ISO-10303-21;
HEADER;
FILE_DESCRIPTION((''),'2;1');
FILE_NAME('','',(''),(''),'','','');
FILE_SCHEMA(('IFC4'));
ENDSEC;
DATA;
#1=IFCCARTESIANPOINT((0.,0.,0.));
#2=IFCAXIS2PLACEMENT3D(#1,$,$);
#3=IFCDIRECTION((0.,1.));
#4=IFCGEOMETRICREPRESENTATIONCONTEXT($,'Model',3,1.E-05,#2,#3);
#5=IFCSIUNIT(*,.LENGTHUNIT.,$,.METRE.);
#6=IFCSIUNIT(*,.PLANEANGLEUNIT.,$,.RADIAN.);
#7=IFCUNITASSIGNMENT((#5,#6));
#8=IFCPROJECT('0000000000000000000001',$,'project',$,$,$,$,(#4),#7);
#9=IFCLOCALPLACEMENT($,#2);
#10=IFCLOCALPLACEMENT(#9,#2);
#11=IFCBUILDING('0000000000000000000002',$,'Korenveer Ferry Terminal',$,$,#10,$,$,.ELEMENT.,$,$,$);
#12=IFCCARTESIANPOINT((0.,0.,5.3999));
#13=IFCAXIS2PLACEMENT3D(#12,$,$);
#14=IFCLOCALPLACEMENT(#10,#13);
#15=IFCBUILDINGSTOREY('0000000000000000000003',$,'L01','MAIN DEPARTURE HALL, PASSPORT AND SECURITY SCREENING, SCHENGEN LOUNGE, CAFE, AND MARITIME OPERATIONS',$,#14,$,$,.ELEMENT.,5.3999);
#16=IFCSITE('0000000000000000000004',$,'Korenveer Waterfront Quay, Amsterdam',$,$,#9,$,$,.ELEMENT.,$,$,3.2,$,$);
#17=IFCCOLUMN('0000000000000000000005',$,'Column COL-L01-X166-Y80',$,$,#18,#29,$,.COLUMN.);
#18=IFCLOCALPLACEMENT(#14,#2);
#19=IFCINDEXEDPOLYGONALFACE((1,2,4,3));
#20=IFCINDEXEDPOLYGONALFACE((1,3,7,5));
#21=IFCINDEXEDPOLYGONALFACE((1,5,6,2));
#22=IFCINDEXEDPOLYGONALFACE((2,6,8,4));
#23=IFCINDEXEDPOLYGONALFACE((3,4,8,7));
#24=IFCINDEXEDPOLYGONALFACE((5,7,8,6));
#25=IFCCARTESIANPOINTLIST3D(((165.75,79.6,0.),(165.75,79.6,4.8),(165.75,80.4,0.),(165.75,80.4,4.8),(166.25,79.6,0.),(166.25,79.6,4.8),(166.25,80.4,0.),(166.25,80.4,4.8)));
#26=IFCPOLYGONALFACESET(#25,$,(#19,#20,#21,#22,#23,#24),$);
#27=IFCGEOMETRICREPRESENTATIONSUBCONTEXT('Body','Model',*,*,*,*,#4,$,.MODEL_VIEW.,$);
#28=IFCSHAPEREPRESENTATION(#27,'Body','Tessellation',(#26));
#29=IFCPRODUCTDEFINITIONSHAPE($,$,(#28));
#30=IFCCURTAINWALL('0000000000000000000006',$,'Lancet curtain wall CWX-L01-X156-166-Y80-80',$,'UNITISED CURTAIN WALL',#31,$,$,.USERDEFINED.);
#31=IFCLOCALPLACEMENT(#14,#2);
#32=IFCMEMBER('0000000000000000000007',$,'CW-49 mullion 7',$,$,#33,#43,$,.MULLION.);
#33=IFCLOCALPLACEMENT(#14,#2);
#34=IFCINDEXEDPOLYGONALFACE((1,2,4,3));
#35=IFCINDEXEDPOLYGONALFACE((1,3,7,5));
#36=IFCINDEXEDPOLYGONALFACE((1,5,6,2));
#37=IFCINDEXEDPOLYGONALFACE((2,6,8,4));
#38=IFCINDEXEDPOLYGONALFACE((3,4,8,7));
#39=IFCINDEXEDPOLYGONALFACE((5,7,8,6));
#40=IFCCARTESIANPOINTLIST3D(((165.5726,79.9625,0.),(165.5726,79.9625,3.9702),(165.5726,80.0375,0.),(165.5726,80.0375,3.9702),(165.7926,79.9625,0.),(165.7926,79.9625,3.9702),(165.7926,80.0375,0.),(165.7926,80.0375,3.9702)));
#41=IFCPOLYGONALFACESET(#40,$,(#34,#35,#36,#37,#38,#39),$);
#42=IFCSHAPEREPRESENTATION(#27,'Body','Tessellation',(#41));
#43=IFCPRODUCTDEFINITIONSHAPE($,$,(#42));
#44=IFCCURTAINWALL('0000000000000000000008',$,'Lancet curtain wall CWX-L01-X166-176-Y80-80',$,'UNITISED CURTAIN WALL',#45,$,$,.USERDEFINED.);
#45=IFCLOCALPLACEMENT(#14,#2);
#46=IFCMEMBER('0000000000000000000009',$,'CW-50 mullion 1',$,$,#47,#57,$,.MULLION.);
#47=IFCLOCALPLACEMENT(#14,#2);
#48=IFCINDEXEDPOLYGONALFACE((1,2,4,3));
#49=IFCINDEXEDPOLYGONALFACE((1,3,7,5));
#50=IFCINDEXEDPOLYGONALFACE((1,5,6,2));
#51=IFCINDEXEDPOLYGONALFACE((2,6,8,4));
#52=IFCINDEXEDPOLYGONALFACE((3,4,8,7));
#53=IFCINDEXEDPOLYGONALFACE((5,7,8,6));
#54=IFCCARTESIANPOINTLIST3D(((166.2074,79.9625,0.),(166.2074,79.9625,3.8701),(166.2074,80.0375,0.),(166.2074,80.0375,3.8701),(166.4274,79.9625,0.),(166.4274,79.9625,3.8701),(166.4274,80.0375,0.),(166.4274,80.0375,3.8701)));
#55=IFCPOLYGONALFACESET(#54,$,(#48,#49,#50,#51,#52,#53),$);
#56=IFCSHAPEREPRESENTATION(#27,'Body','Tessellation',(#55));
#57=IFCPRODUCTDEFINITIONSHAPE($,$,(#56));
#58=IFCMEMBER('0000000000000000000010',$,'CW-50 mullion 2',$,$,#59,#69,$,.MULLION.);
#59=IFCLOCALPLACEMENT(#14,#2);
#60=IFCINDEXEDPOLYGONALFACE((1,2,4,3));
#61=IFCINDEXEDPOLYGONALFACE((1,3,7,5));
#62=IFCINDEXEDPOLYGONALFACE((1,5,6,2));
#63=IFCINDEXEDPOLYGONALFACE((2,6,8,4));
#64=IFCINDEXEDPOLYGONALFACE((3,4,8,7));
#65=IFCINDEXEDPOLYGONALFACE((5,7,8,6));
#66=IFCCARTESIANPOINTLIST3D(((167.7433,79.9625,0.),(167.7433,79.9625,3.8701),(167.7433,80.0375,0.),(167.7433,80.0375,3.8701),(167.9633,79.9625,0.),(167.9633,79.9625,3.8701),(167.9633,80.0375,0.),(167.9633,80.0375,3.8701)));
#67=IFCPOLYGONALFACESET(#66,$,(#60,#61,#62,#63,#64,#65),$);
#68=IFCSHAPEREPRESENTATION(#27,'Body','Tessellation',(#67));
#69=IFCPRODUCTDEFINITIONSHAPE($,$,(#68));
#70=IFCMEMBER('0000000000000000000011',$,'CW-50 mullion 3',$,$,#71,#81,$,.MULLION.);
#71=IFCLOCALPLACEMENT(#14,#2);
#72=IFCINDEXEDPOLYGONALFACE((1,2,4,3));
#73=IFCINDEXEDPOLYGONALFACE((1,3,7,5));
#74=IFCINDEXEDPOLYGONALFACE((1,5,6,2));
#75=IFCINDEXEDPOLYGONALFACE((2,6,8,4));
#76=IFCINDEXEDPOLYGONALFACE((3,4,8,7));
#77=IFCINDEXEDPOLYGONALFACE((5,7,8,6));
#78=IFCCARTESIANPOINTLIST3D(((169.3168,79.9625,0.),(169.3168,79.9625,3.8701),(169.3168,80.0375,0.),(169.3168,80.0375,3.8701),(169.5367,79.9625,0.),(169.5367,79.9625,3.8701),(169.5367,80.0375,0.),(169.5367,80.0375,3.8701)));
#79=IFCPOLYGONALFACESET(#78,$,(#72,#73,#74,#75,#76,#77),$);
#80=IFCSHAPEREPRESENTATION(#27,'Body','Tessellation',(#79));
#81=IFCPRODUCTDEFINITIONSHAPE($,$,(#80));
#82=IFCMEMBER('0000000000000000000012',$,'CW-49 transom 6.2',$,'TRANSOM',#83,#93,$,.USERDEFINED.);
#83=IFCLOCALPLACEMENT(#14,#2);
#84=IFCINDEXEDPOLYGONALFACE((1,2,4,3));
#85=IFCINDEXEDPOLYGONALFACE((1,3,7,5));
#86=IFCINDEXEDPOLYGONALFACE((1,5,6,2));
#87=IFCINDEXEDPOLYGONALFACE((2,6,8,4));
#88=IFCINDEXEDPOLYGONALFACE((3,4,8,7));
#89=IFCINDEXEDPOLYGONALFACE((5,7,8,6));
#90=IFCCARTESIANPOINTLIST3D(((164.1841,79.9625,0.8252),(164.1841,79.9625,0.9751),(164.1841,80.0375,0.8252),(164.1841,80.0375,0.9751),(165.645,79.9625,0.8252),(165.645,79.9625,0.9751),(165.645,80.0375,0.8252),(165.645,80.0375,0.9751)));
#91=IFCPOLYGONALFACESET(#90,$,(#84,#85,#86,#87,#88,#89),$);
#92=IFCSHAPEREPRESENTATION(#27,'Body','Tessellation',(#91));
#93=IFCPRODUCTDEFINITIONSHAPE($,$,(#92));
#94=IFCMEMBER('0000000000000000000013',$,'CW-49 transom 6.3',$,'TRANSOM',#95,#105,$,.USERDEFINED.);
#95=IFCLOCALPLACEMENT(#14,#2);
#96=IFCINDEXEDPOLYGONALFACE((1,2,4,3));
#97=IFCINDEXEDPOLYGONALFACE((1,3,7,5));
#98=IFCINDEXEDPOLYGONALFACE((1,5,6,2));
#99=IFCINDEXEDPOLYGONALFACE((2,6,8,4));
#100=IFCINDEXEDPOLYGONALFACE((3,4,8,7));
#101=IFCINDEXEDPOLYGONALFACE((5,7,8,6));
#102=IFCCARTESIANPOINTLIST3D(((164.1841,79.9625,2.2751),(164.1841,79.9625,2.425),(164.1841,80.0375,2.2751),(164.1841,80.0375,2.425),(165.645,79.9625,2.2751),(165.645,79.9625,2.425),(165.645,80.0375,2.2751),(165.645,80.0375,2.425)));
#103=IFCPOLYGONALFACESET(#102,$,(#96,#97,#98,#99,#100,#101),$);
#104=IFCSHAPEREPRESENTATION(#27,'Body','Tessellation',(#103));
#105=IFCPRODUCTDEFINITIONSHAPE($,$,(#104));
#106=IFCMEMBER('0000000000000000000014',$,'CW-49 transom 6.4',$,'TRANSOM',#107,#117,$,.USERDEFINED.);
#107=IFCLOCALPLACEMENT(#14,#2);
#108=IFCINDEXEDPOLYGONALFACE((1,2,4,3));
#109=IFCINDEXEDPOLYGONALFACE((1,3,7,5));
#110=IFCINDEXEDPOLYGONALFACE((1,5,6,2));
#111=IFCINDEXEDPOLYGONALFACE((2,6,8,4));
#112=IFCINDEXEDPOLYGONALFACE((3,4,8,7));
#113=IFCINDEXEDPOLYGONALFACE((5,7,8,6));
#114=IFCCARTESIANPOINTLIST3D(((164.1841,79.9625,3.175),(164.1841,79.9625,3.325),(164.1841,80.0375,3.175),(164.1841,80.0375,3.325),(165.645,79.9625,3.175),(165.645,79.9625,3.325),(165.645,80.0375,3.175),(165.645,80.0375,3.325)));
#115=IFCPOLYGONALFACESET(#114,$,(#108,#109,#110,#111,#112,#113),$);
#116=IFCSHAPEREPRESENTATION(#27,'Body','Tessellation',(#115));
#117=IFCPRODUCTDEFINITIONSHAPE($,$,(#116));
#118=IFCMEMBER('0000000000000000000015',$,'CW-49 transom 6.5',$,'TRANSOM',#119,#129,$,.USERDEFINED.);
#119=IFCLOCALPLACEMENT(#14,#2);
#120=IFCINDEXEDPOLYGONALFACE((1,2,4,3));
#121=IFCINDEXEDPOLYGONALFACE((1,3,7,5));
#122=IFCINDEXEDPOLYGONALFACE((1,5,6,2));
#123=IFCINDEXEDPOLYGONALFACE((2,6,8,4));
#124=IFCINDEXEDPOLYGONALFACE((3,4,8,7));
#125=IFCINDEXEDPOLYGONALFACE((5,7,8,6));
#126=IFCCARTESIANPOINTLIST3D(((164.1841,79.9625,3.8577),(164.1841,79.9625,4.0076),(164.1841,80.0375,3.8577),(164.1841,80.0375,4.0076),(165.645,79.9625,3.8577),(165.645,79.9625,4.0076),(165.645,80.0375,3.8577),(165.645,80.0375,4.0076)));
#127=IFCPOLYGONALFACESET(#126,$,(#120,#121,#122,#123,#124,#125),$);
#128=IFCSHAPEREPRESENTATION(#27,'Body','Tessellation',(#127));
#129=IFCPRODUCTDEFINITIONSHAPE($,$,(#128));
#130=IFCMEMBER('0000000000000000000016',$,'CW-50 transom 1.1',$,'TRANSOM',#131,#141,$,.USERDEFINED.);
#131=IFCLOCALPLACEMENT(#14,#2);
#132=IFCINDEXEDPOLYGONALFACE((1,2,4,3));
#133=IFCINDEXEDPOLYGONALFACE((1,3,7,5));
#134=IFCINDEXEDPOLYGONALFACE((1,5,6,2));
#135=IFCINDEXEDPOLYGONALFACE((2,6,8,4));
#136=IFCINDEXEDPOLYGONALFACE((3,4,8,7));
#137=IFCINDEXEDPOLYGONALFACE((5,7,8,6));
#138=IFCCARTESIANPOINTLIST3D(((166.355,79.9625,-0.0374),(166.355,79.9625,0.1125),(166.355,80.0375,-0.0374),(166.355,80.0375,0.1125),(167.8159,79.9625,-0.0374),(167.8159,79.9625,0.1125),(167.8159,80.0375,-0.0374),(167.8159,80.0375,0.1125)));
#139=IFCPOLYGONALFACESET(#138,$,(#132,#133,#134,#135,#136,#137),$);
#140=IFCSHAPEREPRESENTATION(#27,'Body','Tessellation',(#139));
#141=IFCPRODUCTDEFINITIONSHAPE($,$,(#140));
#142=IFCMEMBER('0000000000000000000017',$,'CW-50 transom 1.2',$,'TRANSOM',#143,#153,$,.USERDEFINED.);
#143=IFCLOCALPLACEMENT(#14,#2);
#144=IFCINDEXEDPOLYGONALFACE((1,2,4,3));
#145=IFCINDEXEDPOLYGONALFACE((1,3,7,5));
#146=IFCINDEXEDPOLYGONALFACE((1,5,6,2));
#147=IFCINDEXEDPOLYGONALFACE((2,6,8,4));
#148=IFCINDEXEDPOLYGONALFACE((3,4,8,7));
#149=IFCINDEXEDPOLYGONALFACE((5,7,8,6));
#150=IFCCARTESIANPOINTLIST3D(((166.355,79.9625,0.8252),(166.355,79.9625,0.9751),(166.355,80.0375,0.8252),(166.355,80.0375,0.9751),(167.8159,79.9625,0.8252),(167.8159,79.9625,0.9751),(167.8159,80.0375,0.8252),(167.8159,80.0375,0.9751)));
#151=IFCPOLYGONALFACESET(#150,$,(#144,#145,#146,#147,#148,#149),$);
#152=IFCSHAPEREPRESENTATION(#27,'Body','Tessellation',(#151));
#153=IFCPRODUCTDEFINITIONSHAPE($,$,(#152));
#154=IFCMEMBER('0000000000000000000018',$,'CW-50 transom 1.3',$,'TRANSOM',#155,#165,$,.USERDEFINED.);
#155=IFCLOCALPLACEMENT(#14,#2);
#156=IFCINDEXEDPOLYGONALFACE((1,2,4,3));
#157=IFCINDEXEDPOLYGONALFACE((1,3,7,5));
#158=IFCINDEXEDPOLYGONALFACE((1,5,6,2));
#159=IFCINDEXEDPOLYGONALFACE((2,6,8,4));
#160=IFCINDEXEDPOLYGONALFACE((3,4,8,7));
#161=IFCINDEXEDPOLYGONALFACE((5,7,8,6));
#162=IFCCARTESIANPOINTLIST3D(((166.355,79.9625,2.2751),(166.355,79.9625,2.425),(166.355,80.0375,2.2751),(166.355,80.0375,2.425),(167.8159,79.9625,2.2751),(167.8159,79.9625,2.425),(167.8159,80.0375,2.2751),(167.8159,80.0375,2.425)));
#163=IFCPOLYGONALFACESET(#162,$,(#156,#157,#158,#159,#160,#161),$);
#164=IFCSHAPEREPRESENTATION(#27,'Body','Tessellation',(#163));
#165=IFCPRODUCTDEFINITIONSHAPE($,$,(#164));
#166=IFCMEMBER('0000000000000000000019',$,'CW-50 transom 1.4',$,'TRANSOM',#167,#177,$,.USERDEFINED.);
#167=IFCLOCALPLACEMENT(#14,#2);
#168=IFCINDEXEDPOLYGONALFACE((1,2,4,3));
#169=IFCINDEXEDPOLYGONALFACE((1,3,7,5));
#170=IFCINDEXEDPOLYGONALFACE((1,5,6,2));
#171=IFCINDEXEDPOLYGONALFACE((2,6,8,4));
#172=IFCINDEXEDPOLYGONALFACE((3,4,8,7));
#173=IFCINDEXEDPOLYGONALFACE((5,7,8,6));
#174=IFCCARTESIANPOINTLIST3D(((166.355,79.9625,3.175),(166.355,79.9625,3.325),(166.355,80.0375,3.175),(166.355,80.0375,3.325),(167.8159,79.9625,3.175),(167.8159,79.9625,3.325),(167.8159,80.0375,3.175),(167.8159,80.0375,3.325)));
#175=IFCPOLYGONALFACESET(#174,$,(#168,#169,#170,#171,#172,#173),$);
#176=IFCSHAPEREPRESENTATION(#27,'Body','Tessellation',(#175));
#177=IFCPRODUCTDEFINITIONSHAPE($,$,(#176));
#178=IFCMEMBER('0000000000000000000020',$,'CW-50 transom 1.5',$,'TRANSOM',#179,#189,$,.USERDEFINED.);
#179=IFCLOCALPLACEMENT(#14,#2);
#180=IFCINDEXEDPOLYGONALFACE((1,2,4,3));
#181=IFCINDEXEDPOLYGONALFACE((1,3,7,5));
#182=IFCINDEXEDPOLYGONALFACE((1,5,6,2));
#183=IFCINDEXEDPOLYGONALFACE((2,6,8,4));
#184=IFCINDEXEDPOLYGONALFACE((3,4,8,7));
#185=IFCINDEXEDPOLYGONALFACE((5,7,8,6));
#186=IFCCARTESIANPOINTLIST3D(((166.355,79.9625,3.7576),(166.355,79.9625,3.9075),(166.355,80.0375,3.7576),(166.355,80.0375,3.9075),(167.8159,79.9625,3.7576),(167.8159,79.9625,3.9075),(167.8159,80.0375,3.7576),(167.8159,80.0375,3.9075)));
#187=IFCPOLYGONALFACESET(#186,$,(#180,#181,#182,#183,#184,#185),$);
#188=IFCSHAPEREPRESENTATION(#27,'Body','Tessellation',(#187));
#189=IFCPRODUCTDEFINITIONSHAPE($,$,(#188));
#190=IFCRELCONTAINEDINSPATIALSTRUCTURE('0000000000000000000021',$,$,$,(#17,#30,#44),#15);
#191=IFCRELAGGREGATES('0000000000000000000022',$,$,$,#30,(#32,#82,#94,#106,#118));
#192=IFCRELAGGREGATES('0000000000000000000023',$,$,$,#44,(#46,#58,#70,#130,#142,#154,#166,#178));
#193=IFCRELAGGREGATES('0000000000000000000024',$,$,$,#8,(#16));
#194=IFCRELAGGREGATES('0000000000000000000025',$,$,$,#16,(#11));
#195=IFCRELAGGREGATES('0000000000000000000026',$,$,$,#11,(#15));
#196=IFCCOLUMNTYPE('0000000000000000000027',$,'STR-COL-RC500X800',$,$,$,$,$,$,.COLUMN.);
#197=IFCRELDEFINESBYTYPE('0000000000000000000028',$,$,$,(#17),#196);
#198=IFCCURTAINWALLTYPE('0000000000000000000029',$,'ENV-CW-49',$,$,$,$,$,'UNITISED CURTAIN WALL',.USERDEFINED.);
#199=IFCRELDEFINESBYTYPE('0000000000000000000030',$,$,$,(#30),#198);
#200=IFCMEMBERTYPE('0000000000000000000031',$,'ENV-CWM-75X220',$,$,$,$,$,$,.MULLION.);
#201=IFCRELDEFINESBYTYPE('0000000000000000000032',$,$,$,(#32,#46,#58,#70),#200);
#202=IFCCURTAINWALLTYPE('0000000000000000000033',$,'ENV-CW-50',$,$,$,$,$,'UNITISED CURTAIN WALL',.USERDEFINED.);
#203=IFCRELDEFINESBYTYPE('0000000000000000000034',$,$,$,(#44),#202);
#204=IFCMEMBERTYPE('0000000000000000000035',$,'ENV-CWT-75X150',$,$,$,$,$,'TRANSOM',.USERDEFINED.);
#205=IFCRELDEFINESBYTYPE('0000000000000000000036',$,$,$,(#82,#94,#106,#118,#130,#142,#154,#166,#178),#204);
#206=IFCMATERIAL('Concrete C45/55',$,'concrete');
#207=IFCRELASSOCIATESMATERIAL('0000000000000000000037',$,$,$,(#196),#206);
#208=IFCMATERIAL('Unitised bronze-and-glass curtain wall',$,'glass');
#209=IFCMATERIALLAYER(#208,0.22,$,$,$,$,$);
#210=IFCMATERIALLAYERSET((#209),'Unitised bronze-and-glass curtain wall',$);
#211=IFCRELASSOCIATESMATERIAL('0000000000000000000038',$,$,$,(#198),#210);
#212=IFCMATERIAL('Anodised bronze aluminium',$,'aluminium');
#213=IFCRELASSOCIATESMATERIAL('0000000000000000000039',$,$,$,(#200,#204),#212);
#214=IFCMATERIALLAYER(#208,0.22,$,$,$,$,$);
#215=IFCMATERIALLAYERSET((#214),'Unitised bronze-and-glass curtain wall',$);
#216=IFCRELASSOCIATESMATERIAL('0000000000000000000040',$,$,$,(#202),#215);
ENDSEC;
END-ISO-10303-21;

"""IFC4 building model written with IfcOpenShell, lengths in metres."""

from ifc_helpers import new_model, si_unit, direction, frame, origin, origin_2d, place, context, subcontext, project, spatial, rectangle, extrude, material, layer, layer_set, material_profile, profile_set, type_object, element, aggregate, save


model = new_model("IFC4")

# Units and contexts
model_context = context("Model", 3, precision=1e-05, world=origin(), true_north=direction((0.0, 1.0)))
body_context = subcontext(model_context, "Body", "Model", "MODEL_VIEW")
ifc_project = project(units=[si_unit("LENGTHUNIT", "METRE"), si_unit("PLANEANGLEUNIT", "RADIAN")], contexts=[model_context])

# Site, building, storey
site_placement = place(None, origin())
site = spatial("IfcSite", under=ifc_project, at=site_placement, Name="Korenveer Waterfront Quay, Amsterdam", CompositionType="ELEMENT", RefElevation=3.2)
building_placement = place(site_placement, origin())
building = spatial("IfcBuilding", under=site, at=building_placement, Name="Korenveer Ferry Terminal", CompositionType="ELEMENT")
storey_placement = place(building_placement, frame((0.0, 0.0, 5.3999)))
storey = spatial("IfcBuildingStorey", under=building, at=storey_placement, Name="L01", Description="MAIN DEPARTURE HALL, PASSPORT AND SECURITY SCREENING, SCHENGEN LOUNGE, CAFE, AND MARITIME OPERATIONS", CompositionType="ELEMENT", Elevation=5.3999)

# Column
ifc_material_1 = material(Name="Concrete C45/55", Category="concrete")
ifc_material_profile_1 = material_profile(ifc_material_1, rectangle(XDim=0.5, YDim=0.8, at=origin_2d()), Name="RC 500x800")
ifc_profile_set_1 = profile_set([ifc_material_profile_1], Name="Concrete C45/55")
column_type = type_object("IfcColumnType", Name="STR-COL-RC500X800", PredefinedType="COLUMN", material=ifc_profile_set_1)
column_placement = place(storey_placement, frame((166.0, 80.0, 0.0), z_axis=(0.0, 0.0, 1.0), x_axis=(1.0, 0.0, 0.0)))
element("IfcColumn", 1, at=column_placement, inside=storey, type_object=column_type, Name="Column COL-L01-X166-Y80", PredefinedType="COLUMN", context=body_context, shape_type="SweptSolid", body=[
    extrude(rectangle(XDim=0.5, YDim=0.8, at=origin_2d()), origin(), (0.0, 0.0, 1.0), 4.8),
])

# Curtain wall, member
ifc_material_2 = material(Name="Unitised bronze-and-glass curtain wall", Category="glass")
ifc_layer_1 = layer(ifc_material_2, 0.22)
ifc_layer_set_1 = layer_set([ifc_layer_1], Name="Unitised bronze-and-glass curtain wall")
curtain_wall_type_1 = type_object("IfcCurtainWallType", Name="ENV-CW-49", ElementType="UNITISED CURTAIN WALL", PredefinedType="USERDEFINED", material=ifc_layer_set_1)
curtain_wall_1_placement = place(storey_placement, frame((156.28, 80.0, 0.0)))
curtain_wall_1 = element("IfcCurtainWall", 2, at=curtain_wall_1_placement, inside=storey, type_object=curtain_wall_type_1, Name="Lancet curtain wall CWX-L01-X156-166-Y80-80", ObjectType="UNITISED CURTAIN WALL", PredefinedType="USERDEFINED")
ifc_material_3 = material(Name="Anodised bronze aluminium", Category="aluminium")
ifc_material_profile_2 = material_profile(ifc_material_3, rectangle(XDim=0.075, YDim=0.22, at=origin_2d()), Name="ALU 75x220")
ifc_profile_set_2 = profile_set([ifc_material_profile_2], Name="Anodised bronze aluminium")
member_type_1 = type_object("IfcMemberType", Name="ENV-CWM-75X220", PredefinedType="MULLION", material=ifc_profile_set_2)
member_1_placement = place(storey_placement, frame((165.6826, 80.0, 0.0), z_axis=(0.0, 0.0, 1.0), x_axis=(0.0, 1.0, 0.0)))
member_1 = element("IfcMember", 3, at=member_1_placement, type_object=member_type_1, Name="CW-49 mullion 7", PredefinedType="MULLION", context=body_context, shape_type="SweptSolid", body=[
    extrude(rectangle(XDim=0.075, YDim=0.22, at=origin_2d()), origin(), (0.0, 0.0, 1.0), 3.9702),
])

# Curtain wall, members
ifc_layer_2 = layer(ifc_material_2, 0.22)
ifc_layer_set_2 = layer_set([ifc_layer_2], Name="Unitised bronze-and-glass curtain wall")
curtain_wall_type_2 = type_object("IfcCurtainWallType", Name="ENV-CW-50", ElementType="UNITISED CURTAIN WALL", PredefinedType="USERDEFINED", material=ifc_layer_set_2)
curtain_wall_2_placement = place(storey_placement, frame((166.28, 80.0, 0.0)))
curtain_wall_2 = element("IfcCurtainWall", 4, at=curtain_wall_2_placement, inside=storey, type_object=curtain_wall_type_2, Name="Lancet curtain wall CWX-L01-X166-176-Y80-80", ObjectType="UNITISED CURTAIN WALL", PredefinedType="USERDEFINED")
member_2_placement = place(storey_placement, frame((166.3174, 80.0, 0.0), z_axis=(0.0, 0.0, 1.0), x_axis=(0.0, 1.0, 0.0)))
member_2 = element("IfcMember", 5, at=member_2_placement, type_object=member_type_1, Name="CW-50 mullion 1", PredefinedType="MULLION", context=body_context, shape_type="SweptSolid", body=[
    extrude(rectangle(XDim=0.075, YDim=0.22, at=origin_2d()), origin(), (0.0, 0.0, 1.0), 3.8701),
])
member_3_placement = place(storey_placement, frame((167.8533, 80.0, 0.0), z_axis=(0.0, 0.0, 1.0), x_axis=(0.0, 1.0, 0.0)))
member_3 = element("IfcMember", 6, at=member_3_placement, type_object=member_type_1, Name="CW-50 mullion 2", PredefinedType="MULLION", context=body_context, shape_type="SweptSolid", body=[
    extrude(rectangle(XDim=0.075, YDim=0.22, at=origin_2d()), origin(), (0.0, 0.0, 1.0), 3.8701),
])
member_4_placement = place(storey_placement, frame((169.4268, 80.0, 0.0), z_axis=(0.0, 0.0, 1.0), x_axis=(0.0, 1.0, 0.0)))
member_4 = element("IfcMember", 7, at=member_4_placement, type_object=member_type_1, Name="CW-50 mullion 3", PredefinedType="MULLION", context=body_context, shape_type="SweptSolid", body=[
    extrude(rectangle(XDim=0.075, YDim=0.22, at=origin_2d()), origin(), (0.0, 0.0, 1.0), 3.8701),
])

# Members
ifc_material_profile_3 = material_profile(ifc_material_3, rectangle(XDim=0.075, YDim=0.1499, at=origin_2d()), Name="ALU 75x150")
ifc_profile_set_3 = profile_set([ifc_material_profile_3], Name="Anodised bronze aluminium")
member_type_2 = type_object("IfcMemberType", Name="ENV-CWT-75X150", ElementType="TRANSOM", PredefinedType="USERDEFINED", material=ifc_profile_set_3)
member_5_placement = place(storey_placement, frame((164.1841, 80.0, 0.9001), z_axis=(1.0, 0.0, 0.0), x_axis=(0.0, 1.0, 0.0)))
member_5 = element("IfcMember", 8, at=member_5_placement, type_object=member_type_2, Name="CW-49 transom 6.2", ObjectType="TRANSOM", PredefinedType="USERDEFINED", context=body_context, shape_type="SweptSolid", body=[
    extrude(rectangle(XDim=0.075, YDim=0.1499, at=origin_2d()), origin(), (0.0, 0.0, 1.0), 1.4609),
])
member_6_placement = place(storey_placement, frame((164.1841, 80.0, 2.3501), z_axis=(1.0, 0.0, 0.0), x_axis=(0.0, 1.0, 0.0)))
member_6 = element("IfcMember", 9, at=member_6_placement, type_object=member_type_2, Name="CW-49 transom 6.3", ObjectType="TRANSOM", PredefinedType="USERDEFINED", context=body_context, shape_type="SweptSolid", body=[
    extrude(rectangle(XDim=0.075, YDim=0.1499, at=origin_2d()), origin(), (0.0, 0.0, 1.0), 1.4609),
])
member_7_placement = place(storey_placement, frame((164.1841, 80.0, 3.25), z_axis=(1.0, 0.0, 0.0), x_axis=(0.0, 1.0, 0.0)))
member_7 = element("IfcMember", 10, at=member_7_placement, type_object=member_type_2, Name="CW-49 transom 6.4", ObjectType="TRANSOM", PredefinedType="USERDEFINED", context=body_context, shape_type="SweptSolid", body=[
    extrude(rectangle(XDim=0.075, YDim=0.1499, at=origin_2d()), origin(), (0.0, 0.0, 1.0), 1.4609),
])
member_8_placement = place(storey_placement, frame((164.1841, 80.0, 3.9326), z_axis=(1.0, 0.0, 0.0), x_axis=(0.0, 1.0, 0.0)))
member_8 = element("IfcMember", 11, at=member_8_placement, type_object=member_type_2, Name="CW-49 transom 6.5", ObjectType="TRANSOM", PredefinedType="USERDEFINED", context=body_context, shape_type="SweptSolid", body=[
    extrude(rectangle(XDim=0.075, YDim=0.1499, at=origin_2d()), origin(), (0.0, 0.0, 1.0), 1.4609),
])
member_9_placement = place(storey_placement, frame((166.355, 80.0, 0.0376), z_axis=(1.0, 0.0, 0.0), x_axis=(0.0, 1.0, 0.0)))
member_9 = element("IfcMember", 12, at=member_9_placement, type_object=member_type_2, Name="CW-50 transom 1.1", ObjectType="TRANSOM", PredefinedType="USERDEFINED", context=body_context, shape_type="SweptSolid", body=[
    extrude(rectangle(XDim=0.075, YDim=0.1499, at=origin_2d()), origin(), (0.0, 0.0, 1.0), 1.4609),
])
member_10_placement = place(storey_placement, frame((166.355, 80.0, 0.9001), z_axis=(1.0, 0.0, 0.0), x_axis=(0.0, 1.0, 0.0)))
member_10 = element("IfcMember", 13, at=member_10_placement, type_object=member_type_2, Name="CW-50 transom 1.2", ObjectType="TRANSOM", PredefinedType="USERDEFINED", context=body_context, shape_type="SweptSolid", body=[
    extrude(rectangle(XDim=0.075, YDim=0.1499, at=origin_2d()), origin(), (0.0, 0.0, 1.0), 1.4609),
])
member_11_placement = place(storey_placement, frame((166.355, 80.0, 2.3501), z_axis=(1.0, 0.0, 0.0), x_axis=(0.0, 1.0, 0.0)))
member_11 = element("IfcMember", 14, at=member_11_placement, type_object=member_type_2, Name="CW-50 transom 1.3", ObjectType="TRANSOM", PredefinedType="USERDEFINED", context=body_context, shape_type="SweptSolid", body=[
    extrude(rectangle(XDim=0.075, YDim=0.1499, at=origin_2d()), origin(), (0.0, 0.0, 1.0), 1.4609),
])
member_12_placement = place(storey_placement, frame((166.355, 80.0, 3.25), z_axis=(1.0, 0.0, 0.0), x_axis=(0.0, 1.0, 0.0)))
member_12 = element("IfcMember", 15, at=member_12_placement, type_object=member_type_2, Name="CW-50 transom 1.4", ObjectType="TRANSOM", PredefinedType="USERDEFINED", context=body_context, shape_type="SweptSolid", body=[
    extrude(rectangle(XDim=0.075, YDim=0.1499, at=origin_2d()), origin(), (0.0, 0.0, 1.0), 1.4609),
])
member_13_placement = place(storey_placement, frame((166.355, 80.0, 3.8325), z_axis=(1.0, 0.0, 0.0), x_axis=(0.0, 1.0, 0.0)))
member_13 = element("IfcMember", 16, at=member_13_placement, type_object=member_type_2, Name="CW-50 transom 1.5", ObjectType="TRANSOM", PredefinedType="USERDEFINED", context=body_context, shape_type="SweptSolid", body=[
    extrude(rectangle(XDim=0.075, YDim=0.1499, at=origin_2d()), origin(), (0.0, 0.0, 1.0), 1.4609),
])

aggregate(curtain_wall_1, [member_1, member_5, member_6, member_7, member_8])
aggregate(curtain_wall_2, [member_2, member_3, member_4, member_9, member_10, member_11, member_12, member_13])

save(model, "model.ifc")
